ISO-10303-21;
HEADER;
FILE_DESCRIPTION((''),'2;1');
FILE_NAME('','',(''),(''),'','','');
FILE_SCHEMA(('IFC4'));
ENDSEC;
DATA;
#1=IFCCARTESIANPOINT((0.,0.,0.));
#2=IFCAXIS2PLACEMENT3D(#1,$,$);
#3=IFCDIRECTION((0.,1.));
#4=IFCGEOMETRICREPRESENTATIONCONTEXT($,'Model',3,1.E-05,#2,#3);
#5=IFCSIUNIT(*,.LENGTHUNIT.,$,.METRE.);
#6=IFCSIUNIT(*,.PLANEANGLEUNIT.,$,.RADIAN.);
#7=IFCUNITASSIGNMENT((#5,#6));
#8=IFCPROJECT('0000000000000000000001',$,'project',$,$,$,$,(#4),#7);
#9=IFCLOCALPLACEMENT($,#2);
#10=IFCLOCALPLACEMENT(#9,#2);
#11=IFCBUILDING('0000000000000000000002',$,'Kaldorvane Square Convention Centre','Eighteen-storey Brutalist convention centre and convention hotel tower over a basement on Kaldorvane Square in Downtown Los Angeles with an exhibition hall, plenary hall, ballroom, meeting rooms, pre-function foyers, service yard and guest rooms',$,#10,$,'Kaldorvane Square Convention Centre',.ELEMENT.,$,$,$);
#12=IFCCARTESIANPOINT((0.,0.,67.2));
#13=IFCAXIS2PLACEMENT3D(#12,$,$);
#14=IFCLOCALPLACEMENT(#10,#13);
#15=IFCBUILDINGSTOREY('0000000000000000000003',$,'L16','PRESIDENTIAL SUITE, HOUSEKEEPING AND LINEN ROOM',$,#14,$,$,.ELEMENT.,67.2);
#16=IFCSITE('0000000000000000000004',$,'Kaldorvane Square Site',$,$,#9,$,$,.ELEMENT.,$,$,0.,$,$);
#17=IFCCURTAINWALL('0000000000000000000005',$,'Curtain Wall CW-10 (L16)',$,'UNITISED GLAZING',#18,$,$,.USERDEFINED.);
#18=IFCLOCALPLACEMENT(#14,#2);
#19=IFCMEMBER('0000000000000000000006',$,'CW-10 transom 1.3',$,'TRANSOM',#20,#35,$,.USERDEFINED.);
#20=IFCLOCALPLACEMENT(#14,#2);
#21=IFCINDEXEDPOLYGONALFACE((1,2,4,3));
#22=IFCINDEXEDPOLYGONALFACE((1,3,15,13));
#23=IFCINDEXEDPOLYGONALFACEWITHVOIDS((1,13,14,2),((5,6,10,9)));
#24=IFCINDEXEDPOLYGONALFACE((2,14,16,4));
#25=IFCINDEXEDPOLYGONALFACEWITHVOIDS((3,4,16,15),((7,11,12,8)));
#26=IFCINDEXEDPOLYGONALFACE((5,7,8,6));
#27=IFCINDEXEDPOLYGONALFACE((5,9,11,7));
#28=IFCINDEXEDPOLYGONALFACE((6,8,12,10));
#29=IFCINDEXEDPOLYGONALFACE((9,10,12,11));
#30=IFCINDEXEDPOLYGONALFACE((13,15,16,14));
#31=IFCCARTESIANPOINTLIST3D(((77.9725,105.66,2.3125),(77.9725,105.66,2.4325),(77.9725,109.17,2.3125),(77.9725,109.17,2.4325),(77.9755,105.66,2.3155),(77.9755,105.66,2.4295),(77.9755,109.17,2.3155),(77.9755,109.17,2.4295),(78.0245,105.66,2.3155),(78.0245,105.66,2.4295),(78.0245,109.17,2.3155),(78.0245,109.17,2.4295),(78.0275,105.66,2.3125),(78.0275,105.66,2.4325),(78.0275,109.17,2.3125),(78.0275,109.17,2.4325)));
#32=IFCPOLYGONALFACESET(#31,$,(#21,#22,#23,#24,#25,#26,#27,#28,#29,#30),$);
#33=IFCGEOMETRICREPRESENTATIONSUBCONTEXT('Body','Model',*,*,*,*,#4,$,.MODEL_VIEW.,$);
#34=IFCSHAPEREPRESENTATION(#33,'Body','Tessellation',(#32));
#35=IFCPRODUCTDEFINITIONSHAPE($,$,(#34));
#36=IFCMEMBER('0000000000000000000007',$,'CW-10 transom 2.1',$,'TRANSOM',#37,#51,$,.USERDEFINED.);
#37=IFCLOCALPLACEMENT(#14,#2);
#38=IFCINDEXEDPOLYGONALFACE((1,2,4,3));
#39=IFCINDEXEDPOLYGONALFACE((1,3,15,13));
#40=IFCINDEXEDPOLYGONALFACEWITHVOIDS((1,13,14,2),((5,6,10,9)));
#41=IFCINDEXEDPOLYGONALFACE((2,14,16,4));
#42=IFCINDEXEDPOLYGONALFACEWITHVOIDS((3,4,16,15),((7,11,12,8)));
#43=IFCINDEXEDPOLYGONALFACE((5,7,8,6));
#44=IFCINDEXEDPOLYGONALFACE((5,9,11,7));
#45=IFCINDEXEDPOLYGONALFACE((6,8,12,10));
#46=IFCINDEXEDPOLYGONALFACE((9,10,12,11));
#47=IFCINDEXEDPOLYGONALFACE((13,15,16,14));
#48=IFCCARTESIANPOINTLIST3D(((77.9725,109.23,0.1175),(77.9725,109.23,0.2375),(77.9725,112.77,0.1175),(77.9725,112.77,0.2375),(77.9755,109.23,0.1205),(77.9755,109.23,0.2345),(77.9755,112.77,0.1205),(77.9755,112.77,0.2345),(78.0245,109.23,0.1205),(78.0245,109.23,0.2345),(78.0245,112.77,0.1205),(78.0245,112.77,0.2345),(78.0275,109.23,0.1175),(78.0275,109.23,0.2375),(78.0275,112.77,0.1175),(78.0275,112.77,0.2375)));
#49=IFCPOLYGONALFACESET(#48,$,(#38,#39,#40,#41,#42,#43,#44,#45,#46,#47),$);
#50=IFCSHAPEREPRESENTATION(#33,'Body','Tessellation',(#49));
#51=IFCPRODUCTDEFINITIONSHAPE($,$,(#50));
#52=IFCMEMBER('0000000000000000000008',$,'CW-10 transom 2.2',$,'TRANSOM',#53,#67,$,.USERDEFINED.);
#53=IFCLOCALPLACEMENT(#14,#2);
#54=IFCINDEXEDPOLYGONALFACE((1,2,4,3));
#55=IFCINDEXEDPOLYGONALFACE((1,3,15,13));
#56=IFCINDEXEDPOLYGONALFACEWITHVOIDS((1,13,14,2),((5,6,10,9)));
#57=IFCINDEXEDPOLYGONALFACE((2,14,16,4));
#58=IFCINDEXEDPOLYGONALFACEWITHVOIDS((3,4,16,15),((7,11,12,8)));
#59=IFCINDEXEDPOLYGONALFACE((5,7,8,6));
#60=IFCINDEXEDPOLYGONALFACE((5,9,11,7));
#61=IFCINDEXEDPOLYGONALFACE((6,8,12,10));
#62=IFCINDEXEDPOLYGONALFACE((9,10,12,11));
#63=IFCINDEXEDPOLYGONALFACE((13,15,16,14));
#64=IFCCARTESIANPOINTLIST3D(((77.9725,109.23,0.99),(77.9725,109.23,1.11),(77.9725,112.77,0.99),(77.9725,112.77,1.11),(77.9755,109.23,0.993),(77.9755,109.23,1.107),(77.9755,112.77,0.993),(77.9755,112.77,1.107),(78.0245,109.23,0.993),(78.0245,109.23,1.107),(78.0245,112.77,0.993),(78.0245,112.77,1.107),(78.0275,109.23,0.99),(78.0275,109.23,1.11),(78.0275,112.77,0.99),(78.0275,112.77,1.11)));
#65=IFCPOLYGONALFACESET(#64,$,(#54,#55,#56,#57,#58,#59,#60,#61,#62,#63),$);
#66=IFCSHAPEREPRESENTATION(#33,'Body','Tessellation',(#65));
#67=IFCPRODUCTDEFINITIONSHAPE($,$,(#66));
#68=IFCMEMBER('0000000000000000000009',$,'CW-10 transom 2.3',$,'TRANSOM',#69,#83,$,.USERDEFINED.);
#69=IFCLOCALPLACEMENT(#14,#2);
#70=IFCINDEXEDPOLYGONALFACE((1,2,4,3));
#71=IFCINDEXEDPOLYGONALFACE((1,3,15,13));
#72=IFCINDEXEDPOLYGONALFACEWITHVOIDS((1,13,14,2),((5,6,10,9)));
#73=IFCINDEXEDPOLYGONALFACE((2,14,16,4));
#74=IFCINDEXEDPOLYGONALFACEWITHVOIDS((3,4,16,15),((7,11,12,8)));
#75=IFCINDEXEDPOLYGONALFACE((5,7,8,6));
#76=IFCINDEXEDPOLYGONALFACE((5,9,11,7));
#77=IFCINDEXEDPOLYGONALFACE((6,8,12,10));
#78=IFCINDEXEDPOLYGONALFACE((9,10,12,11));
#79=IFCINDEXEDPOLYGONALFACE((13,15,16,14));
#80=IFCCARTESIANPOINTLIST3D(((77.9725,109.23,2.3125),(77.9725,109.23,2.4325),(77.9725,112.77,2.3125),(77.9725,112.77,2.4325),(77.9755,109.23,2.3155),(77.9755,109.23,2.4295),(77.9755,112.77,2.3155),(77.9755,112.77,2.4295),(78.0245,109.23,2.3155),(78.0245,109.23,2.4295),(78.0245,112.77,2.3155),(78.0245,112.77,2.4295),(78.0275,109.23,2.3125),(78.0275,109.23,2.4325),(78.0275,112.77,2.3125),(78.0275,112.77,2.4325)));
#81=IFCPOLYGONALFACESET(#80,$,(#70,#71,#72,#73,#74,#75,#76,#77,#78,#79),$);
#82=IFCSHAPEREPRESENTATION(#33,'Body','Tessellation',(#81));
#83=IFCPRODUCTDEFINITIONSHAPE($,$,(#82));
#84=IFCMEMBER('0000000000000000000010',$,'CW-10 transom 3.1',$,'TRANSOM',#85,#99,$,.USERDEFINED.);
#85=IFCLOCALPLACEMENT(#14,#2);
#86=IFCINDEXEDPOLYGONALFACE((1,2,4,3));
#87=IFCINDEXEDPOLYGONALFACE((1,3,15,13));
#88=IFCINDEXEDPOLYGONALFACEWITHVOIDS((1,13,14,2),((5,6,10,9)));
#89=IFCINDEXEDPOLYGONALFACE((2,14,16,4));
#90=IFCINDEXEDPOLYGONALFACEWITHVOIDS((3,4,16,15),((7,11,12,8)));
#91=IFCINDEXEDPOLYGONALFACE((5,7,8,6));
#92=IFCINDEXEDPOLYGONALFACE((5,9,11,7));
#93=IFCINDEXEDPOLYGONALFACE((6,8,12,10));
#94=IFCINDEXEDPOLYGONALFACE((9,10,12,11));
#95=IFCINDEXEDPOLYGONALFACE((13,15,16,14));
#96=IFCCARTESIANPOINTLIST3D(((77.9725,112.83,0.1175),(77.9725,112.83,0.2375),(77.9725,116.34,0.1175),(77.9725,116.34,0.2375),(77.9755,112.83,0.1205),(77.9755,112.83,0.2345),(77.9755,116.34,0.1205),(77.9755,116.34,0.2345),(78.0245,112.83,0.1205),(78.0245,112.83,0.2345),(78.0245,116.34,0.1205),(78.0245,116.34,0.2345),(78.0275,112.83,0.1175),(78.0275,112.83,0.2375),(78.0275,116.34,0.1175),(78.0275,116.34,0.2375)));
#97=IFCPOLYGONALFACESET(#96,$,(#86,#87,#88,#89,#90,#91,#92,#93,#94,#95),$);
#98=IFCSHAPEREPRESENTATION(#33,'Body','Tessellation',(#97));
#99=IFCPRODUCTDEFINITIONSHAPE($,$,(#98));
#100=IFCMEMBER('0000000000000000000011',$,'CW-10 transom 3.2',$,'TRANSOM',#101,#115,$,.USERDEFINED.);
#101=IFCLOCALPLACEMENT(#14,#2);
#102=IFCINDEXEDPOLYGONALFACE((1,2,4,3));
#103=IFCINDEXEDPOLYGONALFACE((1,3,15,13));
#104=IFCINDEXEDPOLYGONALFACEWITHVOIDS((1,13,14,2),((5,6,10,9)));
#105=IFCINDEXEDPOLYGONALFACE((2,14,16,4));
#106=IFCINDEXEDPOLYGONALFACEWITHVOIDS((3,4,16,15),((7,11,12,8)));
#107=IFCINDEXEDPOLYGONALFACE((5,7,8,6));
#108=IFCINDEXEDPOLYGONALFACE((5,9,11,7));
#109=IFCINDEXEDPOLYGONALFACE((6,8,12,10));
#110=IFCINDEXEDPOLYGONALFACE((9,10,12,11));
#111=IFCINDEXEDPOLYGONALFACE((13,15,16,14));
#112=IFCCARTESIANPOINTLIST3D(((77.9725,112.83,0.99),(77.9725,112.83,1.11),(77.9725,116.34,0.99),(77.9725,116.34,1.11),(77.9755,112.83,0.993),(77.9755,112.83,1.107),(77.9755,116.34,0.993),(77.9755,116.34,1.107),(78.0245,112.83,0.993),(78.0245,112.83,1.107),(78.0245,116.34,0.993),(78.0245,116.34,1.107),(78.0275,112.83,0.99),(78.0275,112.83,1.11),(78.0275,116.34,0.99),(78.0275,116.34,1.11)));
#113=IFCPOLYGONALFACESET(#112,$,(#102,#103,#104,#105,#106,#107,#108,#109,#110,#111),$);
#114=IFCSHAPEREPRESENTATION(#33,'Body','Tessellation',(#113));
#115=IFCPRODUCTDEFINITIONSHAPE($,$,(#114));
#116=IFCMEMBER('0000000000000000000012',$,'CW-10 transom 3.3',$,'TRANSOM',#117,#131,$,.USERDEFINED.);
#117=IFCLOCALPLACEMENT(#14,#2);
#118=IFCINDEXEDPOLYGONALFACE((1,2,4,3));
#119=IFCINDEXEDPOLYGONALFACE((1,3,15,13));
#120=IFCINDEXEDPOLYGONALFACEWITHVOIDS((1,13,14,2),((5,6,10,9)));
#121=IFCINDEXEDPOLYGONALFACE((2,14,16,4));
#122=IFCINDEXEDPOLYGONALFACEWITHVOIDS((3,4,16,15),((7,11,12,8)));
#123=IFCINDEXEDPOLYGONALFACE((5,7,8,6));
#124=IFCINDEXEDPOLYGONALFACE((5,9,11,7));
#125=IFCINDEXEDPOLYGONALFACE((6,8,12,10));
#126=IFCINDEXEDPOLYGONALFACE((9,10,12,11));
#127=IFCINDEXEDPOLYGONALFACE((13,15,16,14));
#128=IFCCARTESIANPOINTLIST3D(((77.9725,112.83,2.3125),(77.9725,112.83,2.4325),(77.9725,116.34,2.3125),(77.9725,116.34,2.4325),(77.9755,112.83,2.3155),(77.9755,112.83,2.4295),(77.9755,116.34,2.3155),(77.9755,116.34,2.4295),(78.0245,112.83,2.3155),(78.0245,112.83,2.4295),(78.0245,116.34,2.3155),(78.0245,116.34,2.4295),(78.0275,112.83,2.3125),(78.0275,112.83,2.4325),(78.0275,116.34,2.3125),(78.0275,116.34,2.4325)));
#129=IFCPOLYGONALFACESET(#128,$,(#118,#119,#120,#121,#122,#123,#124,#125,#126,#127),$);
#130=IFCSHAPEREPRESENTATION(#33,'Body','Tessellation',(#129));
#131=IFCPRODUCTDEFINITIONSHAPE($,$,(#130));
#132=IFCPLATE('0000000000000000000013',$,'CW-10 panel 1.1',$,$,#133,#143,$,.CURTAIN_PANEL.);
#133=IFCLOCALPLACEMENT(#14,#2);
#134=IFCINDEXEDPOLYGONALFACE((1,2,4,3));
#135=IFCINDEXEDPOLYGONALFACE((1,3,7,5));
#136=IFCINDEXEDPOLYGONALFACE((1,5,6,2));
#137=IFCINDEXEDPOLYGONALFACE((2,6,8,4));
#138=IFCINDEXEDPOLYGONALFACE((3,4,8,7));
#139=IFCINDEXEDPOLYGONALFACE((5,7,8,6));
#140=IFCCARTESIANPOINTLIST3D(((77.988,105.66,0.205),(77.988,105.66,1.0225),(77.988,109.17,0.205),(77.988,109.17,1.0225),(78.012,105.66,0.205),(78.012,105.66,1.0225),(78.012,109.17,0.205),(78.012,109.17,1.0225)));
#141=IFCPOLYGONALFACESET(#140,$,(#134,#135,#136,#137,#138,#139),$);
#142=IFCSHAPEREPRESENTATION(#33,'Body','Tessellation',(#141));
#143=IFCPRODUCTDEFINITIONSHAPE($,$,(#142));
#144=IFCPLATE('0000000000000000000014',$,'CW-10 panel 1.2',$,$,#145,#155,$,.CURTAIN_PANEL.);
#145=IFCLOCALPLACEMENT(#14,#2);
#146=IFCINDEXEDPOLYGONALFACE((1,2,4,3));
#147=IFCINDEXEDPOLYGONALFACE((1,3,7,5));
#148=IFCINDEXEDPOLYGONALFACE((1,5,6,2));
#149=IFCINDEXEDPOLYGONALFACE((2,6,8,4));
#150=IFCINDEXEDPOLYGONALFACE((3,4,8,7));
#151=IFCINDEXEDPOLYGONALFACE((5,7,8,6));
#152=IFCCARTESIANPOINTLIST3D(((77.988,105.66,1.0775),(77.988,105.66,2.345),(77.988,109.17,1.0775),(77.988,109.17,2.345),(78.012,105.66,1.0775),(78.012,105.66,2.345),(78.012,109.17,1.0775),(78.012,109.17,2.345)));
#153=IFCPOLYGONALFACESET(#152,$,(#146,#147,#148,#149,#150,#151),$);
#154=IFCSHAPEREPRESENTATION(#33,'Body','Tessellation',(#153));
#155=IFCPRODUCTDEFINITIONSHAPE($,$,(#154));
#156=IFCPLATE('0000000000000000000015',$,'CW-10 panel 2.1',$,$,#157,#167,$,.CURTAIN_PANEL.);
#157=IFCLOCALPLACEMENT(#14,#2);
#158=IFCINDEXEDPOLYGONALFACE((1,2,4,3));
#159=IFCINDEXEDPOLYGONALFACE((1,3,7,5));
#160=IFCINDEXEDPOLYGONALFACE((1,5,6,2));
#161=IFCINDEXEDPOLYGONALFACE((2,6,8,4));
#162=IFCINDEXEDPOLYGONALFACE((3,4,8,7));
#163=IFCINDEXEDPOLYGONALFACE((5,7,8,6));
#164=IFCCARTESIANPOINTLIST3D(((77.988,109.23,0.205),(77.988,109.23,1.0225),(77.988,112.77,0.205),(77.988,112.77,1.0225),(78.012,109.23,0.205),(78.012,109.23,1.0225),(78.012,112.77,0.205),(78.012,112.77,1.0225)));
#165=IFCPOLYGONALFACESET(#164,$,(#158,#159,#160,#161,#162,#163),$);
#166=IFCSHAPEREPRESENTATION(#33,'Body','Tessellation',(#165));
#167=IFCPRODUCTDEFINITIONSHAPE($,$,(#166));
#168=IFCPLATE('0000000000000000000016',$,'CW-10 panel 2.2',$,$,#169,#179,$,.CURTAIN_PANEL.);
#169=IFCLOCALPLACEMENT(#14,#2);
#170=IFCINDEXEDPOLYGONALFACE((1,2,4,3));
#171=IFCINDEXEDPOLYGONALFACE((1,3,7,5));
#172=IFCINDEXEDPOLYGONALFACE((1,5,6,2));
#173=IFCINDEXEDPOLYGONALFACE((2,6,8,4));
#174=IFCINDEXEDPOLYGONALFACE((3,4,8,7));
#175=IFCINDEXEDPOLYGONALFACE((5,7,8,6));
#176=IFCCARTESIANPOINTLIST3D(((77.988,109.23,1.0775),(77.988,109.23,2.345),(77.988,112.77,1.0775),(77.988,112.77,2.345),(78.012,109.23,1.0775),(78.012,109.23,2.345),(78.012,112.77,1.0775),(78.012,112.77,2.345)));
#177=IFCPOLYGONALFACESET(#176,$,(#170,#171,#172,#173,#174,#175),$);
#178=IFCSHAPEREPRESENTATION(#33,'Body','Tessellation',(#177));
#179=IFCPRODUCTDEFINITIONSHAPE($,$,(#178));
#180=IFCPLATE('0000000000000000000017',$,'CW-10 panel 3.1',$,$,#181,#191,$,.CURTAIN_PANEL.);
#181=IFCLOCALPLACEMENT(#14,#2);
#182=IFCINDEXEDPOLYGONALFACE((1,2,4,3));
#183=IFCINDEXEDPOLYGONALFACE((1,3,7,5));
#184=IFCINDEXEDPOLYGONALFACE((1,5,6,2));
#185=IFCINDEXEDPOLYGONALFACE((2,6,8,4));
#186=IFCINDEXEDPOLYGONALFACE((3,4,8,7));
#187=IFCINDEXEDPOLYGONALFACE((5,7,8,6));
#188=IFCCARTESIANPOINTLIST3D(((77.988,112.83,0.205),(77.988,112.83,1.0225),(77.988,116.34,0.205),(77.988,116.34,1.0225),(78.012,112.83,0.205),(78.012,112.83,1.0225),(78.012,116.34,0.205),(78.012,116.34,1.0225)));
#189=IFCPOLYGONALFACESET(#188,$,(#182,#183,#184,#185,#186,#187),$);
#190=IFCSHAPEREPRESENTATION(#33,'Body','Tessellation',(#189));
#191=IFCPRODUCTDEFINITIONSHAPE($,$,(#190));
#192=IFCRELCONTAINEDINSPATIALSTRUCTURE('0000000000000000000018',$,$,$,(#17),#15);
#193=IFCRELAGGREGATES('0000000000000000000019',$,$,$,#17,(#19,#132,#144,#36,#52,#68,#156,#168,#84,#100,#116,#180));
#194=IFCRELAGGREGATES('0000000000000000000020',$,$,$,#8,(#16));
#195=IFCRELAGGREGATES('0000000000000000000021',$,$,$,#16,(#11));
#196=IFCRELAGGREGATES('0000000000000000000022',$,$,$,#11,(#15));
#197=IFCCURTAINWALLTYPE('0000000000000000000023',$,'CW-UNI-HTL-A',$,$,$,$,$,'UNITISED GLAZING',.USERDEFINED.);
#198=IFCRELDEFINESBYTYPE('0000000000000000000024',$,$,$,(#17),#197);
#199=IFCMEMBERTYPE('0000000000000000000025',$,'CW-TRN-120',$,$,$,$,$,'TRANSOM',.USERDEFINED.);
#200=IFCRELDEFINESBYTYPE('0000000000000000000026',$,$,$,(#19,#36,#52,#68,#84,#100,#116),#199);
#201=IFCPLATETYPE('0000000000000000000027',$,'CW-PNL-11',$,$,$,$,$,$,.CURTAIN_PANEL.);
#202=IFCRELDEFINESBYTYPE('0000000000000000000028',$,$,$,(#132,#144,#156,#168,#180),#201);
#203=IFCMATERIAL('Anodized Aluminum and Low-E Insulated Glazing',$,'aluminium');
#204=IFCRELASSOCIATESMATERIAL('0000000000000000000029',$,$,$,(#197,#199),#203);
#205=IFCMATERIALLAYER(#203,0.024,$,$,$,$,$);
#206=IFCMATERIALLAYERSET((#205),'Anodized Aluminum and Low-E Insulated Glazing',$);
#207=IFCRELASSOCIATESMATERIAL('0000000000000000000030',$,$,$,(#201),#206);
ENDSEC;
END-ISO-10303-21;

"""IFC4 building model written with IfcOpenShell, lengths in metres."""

from ifc_helpers import new_model, si_unit, direction, frame, origin, origin_2d, place, context, subcontext, project, spatial, rectangle, hollow_rectangle, extrude, material, layer, layer_set, material_profile, profile_set, type_object, element, aggregate, save


model = new_model("IFC4")

# Units and contexts
model_context = context("Model", 3, precision=1e-05, world=origin(), true_north=direction((0.0, 1.0)))
body_context = subcontext(model_context, "Body", "Model", "MODEL_VIEW")
ifc_project = project(units=[si_unit("LENGTHUNIT", "METRE"), si_unit("PLANEANGLEUNIT", "RADIAN")], contexts=[model_context])

# Site, building, storey
site_placement = place(None, origin())
site = spatial("IfcSite", under=ifc_project, at=site_placement, Name="Kaldorvane Square Site", CompositionType="ELEMENT", RefElevation=0.0)
building_placement = place(site_placement, origin())
building = spatial("IfcBuilding", under=site, at=building_placement, Name="Kaldorvane Square Convention Centre", Description="Eighteen-storey Brutalist convention centre and convention hotel tower over a basement on Kaldorvane Square in Downtown Los Angeles with an exhibition hall, plenary hall, ballroom, meeting rooms, pre-function foyers, service yard and guest rooms", LongName="Kaldorvane Square Convention Centre", CompositionType="ELEMENT")
storey_placement = place(building_placement, frame((0.0, 0.0, 67.2)))
storey = spatial("IfcBuildingStorey", under=building, at=storey_placement, Name="L16", Description="PRESIDENTIAL SUITE, HOUSEKEEPING AND LINEN ROOM", CompositionType="ELEMENT", Elevation=67.2)

# Curtain wall, members, plates
ifc_material_1 = material(Name="Anodized Aluminum and Low-E Insulated Glazing", Category="aluminium")
curtain_wall_type = type_object("IfcCurtainWallType", Name="CW-UNI-HTL-A", ElementType="UNITISED GLAZING", PredefinedType="USERDEFINED", material=ifc_material_1)
curtain_wall_placement = place(storey_placement, origin())
curtain_wall = element("IfcCurtainWall", 1, at=curtain_wall_placement, inside=storey, type_object=curtain_wall_type, Name="Curtain Wall CW-10 (L16)", ObjectType="UNITISED GLAZING", PredefinedType="USERDEFINED")
ifc_material_profile_1 = material_profile(ifc_material_1, hollow_rectangle(XDim=0.055, YDim=0.12, WallThickness=0.003, at=origin_2d()), Name="CWT-120X55")
ifc_profile_set_1 = profile_set([ifc_material_profile_1], Name="Anodized Aluminum and Low-E Insulated Glazing")
member_type_1 = type_object("IfcMemberType", Name="CW-TRN-120", ElementType="TRANSOM", PredefinedType="USERDEFINED", material=ifc_profile_set_1)
member_1_placement = place(storey_placement, frame((78.0, 105.66, 2.3725), z_axis=(0.0, 1.0, 0.0), x_axis=(-1.0, 0.0, 0.0)))
member_1 = element("IfcMember", 2, at=member_1_placement, type_object=member_type_1, Name="CW-10 transom 1.3", ObjectType="TRANSOM", PredefinedType="USERDEFINED", context=body_context, shape_type="SweptSolid", body=[
    extrude(hollow_rectangle(XDim=0.055, YDim=0.12, WallThickness=0.003, at=origin_2d()), origin(), (0.0, 0.0, 1.0), 3.51),
])
member_2_placement = place(storey_placement, frame((78.0, 109.23, 0.1775), z_axis=(0.0, 1.0, 0.0), x_axis=(-1.0, 0.0, 0.0)))
member_2 = element("IfcMember", 3, at=member_2_placement, type_object=member_type_1, Name="CW-10 transom 2.1", ObjectType="TRANSOM", PredefinedType="USERDEFINED", context=body_context, shape_type="SweptSolid", body=[
    extrude(hollow_rectangle(XDim=0.055, YDim=0.12, WallThickness=0.003, at=origin_2d()), origin(), (0.0, 0.0, 1.0), 3.54),
])
member_3_placement = place(storey_placement, frame((78.0, 109.23, 1.05), z_axis=(0.0, 1.0, 0.0), x_axis=(-1.0, 0.0, 0.0)))
member_3 = element("IfcMember", 4, at=member_3_placement, type_object=member_type_1, Name="CW-10 transom 2.2", ObjectType="TRANSOM", PredefinedType="USERDEFINED", context=body_context, shape_type="SweptSolid", body=[
    extrude(hollow_rectangle(XDim=0.055, YDim=0.12, WallThickness=0.003, at=origin_2d()), origin(), (0.0, 0.0, 1.0), 3.54),
])
member_4_placement = place(storey_placement, frame((78.0, 109.23, 2.3725), z_axis=(0.0, 1.0, 0.0), x_axis=(-1.0, 0.0, 0.0)))
member_4 = element("IfcMember", 5, at=member_4_placement, type_object=member_type_1, Name="CW-10 transom 2.3", ObjectType="TRANSOM", PredefinedType="USERDEFINED", context=body_context, shape_type="SweptSolid", body=[
    extrude(hollow_rectangle(XDim=0.055, YDim=0.12, WallThickness=0.003, at=origin_2d()), origin(), (0.0, 0.0, 1.0), 3.54),
])
member_5_placement = place(storey_placement, frame((78.0, 112.83, 0.1775), z_axis=(0.0, 1.0, 0.0), x_axis=(-1.0, 0.0, 0.0)))
member_5 = element("IfcMember", 6, at=member_5_placement, type_object=member_type_1, Name="CW-10 transom 3.1", ObjectType="TRANSOM", PredefinedType="USERDEFINED", context=body_context, shape_type="SweptSolid", body=[
    extrude(hollow_rectangle(XDim=0.055, YDim=0.12, WallThickness=0.003, at=origin_2d()), origin(), (0.0, 0.0, 1.0), 3.51),
])
member_6_placement = place(storey_placement, frame((78.0, 112.83, 1.05), z_axis=(0.0, 1.0, 0.0), x_axis=(-1.0, 0.0, 0.0)))
member_6 = element("IfcMember", 7, at=member_6_placement, type_object=member_type_1, Name="CW-10 transom 3.2", ObjectType="TRANSOM", PredefinedType="USERDEFINED", context=body_context, shape_type="SweptSolid", body=[
    extrude(hollow_rectangle(XDim=0.055, YDim=0.12, WallThickness=0.003, at=origin_2d()), origin(), (0.0, 0.0, 1.0), 3.51),
])
member_7_placement = place(storey_placement, frame((78.0, 112.83, 2.3725), z_axis=(0.0, 1.0, 0.0), x_axis=(-1.0, 0.0, 0.0)))
member_7 = element("IfcMember", 8, at=member_7_placement, type_object=member_type_1, Name="CW-10 transom 3.3", ObjectType="TRANSOM", PredefinedType="USERDEFINED", context=body_context, shape_type="SweptSolid", body=[
    extrude(hollow_rectangle(XDim=0.055, YDim=0.12, WallThickness=0.003, at=origin_2d()), origin(), (0.0, 0.0, 1.0), 3.51),
])
ifc_layer_1 = layer(ifc_material_1, 0.024)
ifc_layer_set_1 = layer_set([ifc_layer_1], Name="Anodized Aluminum and Low-E Insulated Glazing")
plate_type = type_object("IfcPlateType", Name="CW-PNL-11", PredefinedType="CURTAIN_PANEL", material=ifc_layer_set_1)
plate_1_placement = place(storey_placement, frame((78.0, 107.415, 0.205), z_axis=(0.0, 0.0, 1.0), x_axis=(0.0, 1.0, 0.0)))
plate_1 = element("IfcPlate", 9, at=plate_1_placement, type_object=plate_type, Name="CW-10 panel 1.1", PredefinedType="CURTAIN_PANEL", context=body_context, shape_type="SweptSolid", body=[
    extrude(rectangle(XDim=3.51, YDim=0.024, at=origin_2d()), origin(), (0.0, 0.0, 1.0), 0.8175),
])
plate_2_placement = place(storey_placement, frame((78.0, 107.415, 1.0775), z_axis=(0.0, 0.0, 1.0), x_axis=(0.0, 1.0, 0.0)))
plate_2 = element("IfcPlate", 10, at=plate_2_placement, type_object=plate_type, Name="CW-10 panel 1.2", PredefinedType="CURTAIN_PANEL", context=body_context, shape_type="SweptSolid", body=[
    extrude(rectangle(XDim=3.51, YDim=0.024, at=origin_2d()), origin(), (0.0, 0.0, 1.0), 1.2675),
])
plate_3_placement = place(storey_placement, frame((78.0, 111.0, 0.205), z_axis=(0.0, 0.0, 1.0), x_axis=(0.0, 1.0, 0.0)))
plate_3 = element("IfcPlate", 11, at=plate_3_placement, type_object=plate_type, Name="CW-10 panel 2.1", PredefinedType="CURTAIN_PANEL", context=body_context, shape_type="SweptSolid", body=[
    extrude(rectangle(XDim=3.54, YDim=0.024, at=origin_2d()), origin(), (0.0, 0.0, 1.0), 0.8175),
])
plate_4_placement = place(storey_placement, frame((78.0, 111.0, 1.0775), z_axis=(0.0, 0.0, 1.0), x_axis=(0.0, 1.0, 0.0)))
plate_4 = element("IfcPlate", 12, at=plate_4_placement, type_object=plate_type, Name="CW-10 panel 2.2", PredefinedType="CURTAIN_PANEL", context=body_context, shape_type="SweptSolid", body=[
    extrude(rectangle(XDim=3.54, YDim=0.024, at=origin_2d()), origin(), (0.0, 0.0, 1.0), 1.2675),
])
plate_5_placement = place(storey_placement, frame((78.0, 114.585, 0.205), z_axis=(0.0, 0.0, 1.0), x_axis=(0.0, 1.0, 0.0)))
plate_5 = element("IfcPlate", 13, at=plate_5_placement, type_object=plate_type, Name="CW-10 panel 3.1", PredefinedType="CURTAIN_PANEL", context=body_context, shape_type="SweptSolid", body=[
    extrude(rectangle(XDim=3.51, YDim=0.024, at=origin_2d()), origin(), (0.0, 0.0, 1.0), 0.8175),
])
aggregate(curtain_wall, [member_1, plate_1, plate_2, member_2, member_3, member_4, plate_3, plate_4, member_5, member_6, member_7, plate_5])

save(model, "model.ifc")
